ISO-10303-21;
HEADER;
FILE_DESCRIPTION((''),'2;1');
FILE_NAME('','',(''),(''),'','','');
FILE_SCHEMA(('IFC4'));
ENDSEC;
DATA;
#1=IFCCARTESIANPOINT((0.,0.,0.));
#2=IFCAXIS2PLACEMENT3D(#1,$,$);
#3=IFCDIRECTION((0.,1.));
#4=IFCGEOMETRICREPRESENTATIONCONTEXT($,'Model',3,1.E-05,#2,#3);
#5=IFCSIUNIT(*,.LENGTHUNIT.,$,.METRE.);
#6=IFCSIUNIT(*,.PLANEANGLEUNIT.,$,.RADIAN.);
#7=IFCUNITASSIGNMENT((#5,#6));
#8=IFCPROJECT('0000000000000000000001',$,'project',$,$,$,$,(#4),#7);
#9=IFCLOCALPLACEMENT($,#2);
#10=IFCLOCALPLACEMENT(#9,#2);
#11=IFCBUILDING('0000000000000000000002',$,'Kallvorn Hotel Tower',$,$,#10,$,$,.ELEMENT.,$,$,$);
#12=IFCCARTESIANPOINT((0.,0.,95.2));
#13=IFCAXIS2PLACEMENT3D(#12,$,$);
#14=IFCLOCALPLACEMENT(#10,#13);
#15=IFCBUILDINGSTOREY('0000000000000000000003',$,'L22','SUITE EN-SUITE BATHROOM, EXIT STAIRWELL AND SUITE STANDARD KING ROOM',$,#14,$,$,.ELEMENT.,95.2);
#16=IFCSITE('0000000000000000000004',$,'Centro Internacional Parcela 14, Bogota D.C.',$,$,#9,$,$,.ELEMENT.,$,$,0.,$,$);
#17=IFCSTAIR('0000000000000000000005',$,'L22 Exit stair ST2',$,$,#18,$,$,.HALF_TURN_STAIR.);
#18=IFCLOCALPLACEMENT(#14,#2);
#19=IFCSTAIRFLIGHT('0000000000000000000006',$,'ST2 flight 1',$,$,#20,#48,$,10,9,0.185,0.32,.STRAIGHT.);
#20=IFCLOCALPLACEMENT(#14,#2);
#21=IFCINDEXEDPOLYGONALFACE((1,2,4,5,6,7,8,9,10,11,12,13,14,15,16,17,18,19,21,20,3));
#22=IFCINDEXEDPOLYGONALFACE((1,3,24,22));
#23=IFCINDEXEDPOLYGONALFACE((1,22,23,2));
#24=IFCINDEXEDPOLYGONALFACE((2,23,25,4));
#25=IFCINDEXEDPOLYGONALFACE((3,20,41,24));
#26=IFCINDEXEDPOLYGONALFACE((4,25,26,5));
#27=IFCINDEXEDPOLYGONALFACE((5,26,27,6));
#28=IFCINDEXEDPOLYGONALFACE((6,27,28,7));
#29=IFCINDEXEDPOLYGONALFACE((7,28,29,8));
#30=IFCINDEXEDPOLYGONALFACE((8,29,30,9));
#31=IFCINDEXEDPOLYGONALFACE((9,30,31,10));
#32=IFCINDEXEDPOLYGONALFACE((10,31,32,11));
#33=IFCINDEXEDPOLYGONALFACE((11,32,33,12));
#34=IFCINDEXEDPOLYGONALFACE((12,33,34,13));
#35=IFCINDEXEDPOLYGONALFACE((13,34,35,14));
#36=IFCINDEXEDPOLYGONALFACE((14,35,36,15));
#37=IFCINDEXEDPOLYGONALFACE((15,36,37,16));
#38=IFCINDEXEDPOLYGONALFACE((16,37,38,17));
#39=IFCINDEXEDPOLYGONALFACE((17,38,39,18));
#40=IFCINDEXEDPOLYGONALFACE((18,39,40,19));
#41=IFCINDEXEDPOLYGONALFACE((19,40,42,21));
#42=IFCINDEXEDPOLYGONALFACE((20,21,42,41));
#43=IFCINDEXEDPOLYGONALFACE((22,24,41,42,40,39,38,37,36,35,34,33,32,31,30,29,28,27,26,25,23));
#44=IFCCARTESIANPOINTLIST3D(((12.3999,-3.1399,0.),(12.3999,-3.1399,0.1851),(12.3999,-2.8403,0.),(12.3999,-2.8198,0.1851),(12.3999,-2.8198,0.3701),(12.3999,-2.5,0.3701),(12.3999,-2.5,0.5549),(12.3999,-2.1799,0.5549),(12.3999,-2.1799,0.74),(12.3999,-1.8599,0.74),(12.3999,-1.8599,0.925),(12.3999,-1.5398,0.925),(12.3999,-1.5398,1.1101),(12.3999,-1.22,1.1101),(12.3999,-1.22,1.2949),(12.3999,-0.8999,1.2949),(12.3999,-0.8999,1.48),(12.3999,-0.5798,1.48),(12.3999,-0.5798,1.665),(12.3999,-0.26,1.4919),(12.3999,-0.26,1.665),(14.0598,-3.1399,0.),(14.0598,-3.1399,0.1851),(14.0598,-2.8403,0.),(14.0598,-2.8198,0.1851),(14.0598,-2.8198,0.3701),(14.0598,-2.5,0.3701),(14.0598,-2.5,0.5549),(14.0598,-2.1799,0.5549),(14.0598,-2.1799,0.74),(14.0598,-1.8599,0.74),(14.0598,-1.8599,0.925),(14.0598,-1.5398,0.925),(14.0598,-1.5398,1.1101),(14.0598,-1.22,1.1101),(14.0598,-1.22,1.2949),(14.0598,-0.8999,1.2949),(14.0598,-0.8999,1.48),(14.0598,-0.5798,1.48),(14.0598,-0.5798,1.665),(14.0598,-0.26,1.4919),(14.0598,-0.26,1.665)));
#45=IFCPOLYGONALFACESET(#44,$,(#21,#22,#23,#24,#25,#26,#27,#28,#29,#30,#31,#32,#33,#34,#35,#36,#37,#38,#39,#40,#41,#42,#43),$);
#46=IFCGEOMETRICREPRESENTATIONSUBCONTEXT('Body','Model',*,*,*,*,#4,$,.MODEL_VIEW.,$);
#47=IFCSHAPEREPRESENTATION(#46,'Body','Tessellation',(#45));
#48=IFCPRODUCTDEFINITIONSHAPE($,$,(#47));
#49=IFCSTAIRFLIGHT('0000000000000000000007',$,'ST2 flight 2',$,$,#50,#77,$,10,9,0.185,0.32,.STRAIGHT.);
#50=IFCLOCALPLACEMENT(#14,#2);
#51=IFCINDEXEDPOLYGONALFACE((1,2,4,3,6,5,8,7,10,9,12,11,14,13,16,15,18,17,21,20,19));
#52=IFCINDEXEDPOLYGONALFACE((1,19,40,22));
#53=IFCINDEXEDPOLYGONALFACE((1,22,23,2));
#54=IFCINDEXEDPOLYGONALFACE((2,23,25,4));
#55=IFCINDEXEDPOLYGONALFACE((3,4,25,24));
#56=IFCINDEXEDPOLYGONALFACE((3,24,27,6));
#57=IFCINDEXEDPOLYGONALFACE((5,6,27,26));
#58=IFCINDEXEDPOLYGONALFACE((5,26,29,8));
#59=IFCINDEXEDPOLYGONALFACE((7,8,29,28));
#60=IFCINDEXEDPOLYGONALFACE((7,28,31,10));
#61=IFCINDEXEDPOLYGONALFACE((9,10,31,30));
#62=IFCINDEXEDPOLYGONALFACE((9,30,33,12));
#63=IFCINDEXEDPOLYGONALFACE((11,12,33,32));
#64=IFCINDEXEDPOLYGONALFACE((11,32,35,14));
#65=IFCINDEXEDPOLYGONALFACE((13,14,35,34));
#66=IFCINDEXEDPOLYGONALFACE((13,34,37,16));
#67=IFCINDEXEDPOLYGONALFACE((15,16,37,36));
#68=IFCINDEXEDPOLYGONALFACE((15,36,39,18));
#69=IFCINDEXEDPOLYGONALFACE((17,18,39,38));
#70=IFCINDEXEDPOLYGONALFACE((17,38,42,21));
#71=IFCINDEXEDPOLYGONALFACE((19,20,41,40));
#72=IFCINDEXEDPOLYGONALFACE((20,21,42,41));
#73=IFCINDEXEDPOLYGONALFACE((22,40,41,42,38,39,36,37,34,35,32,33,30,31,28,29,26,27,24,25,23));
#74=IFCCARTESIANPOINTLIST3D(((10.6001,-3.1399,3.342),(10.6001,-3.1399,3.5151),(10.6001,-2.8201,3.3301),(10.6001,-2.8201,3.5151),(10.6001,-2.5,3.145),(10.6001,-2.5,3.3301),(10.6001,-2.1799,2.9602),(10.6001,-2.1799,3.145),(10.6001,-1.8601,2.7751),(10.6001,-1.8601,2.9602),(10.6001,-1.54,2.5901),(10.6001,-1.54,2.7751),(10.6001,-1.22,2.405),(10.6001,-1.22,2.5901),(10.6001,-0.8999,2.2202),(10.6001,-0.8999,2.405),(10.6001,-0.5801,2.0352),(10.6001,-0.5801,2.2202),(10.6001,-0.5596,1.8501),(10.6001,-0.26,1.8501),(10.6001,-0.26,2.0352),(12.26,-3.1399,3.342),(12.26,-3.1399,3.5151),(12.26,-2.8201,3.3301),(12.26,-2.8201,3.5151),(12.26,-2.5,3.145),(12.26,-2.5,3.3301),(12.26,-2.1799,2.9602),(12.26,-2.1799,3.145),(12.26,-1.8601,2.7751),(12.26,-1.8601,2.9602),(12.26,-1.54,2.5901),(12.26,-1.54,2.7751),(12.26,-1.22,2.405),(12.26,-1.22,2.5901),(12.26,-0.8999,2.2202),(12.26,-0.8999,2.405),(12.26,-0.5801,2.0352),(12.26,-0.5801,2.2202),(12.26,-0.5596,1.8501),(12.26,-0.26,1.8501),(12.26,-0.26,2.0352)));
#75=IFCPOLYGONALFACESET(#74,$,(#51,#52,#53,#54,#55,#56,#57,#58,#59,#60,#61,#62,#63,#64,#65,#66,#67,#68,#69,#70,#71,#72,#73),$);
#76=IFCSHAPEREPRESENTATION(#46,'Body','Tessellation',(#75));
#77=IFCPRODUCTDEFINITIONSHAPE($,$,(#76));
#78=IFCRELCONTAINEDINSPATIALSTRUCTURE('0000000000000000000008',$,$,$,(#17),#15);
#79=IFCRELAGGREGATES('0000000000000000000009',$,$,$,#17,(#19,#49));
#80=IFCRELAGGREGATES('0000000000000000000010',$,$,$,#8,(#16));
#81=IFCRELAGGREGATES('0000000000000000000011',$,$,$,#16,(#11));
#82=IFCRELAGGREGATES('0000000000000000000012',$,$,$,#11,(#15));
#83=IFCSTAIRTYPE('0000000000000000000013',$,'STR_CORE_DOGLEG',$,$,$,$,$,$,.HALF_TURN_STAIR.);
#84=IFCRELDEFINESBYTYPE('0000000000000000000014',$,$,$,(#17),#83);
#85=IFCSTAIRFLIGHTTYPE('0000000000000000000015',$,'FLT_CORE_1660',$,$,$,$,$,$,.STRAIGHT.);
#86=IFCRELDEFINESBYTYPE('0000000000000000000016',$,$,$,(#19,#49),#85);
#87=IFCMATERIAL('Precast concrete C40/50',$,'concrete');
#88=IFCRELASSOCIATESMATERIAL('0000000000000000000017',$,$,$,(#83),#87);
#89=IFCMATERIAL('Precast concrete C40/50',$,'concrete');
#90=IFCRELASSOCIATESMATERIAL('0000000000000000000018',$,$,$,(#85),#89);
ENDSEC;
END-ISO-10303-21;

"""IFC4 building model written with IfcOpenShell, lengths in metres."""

from ifc_helpers import new_model, si_unit, direction, frame, origin, place, context, subcontext, project, spatial, polyline, outline, extrude, material, type_object, element, aggregate, save


model = new_model("IFC4")

# Units and contexts
model_context = context("Model", 3, precision=1e-05, world=origin(), true_north=direction((0.0, 1.0)))
body_context = subcontext(model_context, "Body", "Model", "MODEL_VIEW")
ifc_project = project(units=[si_unit("LENGTHUNIT", "METRE"), si_unit("PLANEANGLEUNIT", "RADIAN")], contexts=[model_context])

# Site, building, storey
site_placement = place(None, origin())
site = spatial("IfcSite", under=ifc_project, at=site_placement, Name="Centro Internacional Parcela 14, Bogota D.C.", CompositionType="ELEMENT", RefElevation=0.0)
building_placement = place(site_placement, origin())
building = spatial("IfcBuilding", under=site, at=building_placement, Name="Kallvorn Hotel Tower", CompositionType="ELEMENT")
storey_placement = place(building_placement, frame((0.0, 0.0, 95.2)))
storey = spatial("IfcBuildingStorey", under=building, at=storey_placement, Name="L22", Description="SUITE EN-SUITE BATHROOM, EXIT STAIRWELL AND SUITE STANDARD KING ROOM", CompositionType="ELEMENT", Elevation=95.2)

# Stair, stair flights
ifc_material_1 = material(Name="Precast concrete C40/50", Category="concrete")
stair_type = type_object("IfcStairType", Name="STR_CORE_DOGLEG", PredefinedType="HALF_TURN_STAIR", material=ifc_material_1)
stair_placement = place(storey_placement, origin())
stair = element("IfcStair", 1, at=stair_placement, inside=storey, type_object=stair_type, Name="L22 Exit stair ST2", PredefinedType="HALF_TURN_STAIR")
ifc_material_2 = material(Name="Precast concrete C40/50", Category="concrete")
stair_flight_type = type_object("IfcStairFlightType", Name="FLT_CORE_1660", PredefinedType="STRAIGHT", material=ifc_material_2)
stair_flight_1_placement = place(storey_placement, frame((13.23, -3.1399, 0.0), z_axis=(0.0, 0.0, 1.0), x_axis=(0.0, 1.0, 0.0)))
stair_flight_1 = element("IfcStairFlight", 2, at=stair_flight_1_placement, type_object=stair_flight_type, Name="ST2 flight 1", NumberOfRisers=10, NumberOfTreads=9, PredefinedType="STRAIGHT", RiserHeight=0.185, TreadLength=0.32, context=body_context, shape_type="SweptSolid", body=[
    extrude(outline(polyline([(0.0, 0.0), (0.0, 0.1851), (0.3201, 0.1851), (0.3201, 0.3701), (0.6399, 0.3701), (0.6399, 0.5549), (0.96, 0.5549), (0.96, 0.74), (1.28, 0.74), (1.28, 0.925), (1.6001, 0.925), (1.6001, 1.1101), (1.9199, 1.1101), (1.9199, 1.2949), (2.24, 1.2949), (2.24, 1.48), (2.5601, 1.48), (2.5601, 1.665), (2.8799, 1.665), (2.8799, 1.8501), (2.8799, 1.4919), (0.2996, 0.0), (0.0, 0.0)])), frame((0.0, 0.8301, 0.0), z_axis=(0.0, -1.0, 0.0), x_axis=(1.0, 0.0, 0.0)), (0.0, 0.0, 1.0), 1.6599),
])
stair_flight_2_placement = place(storey_placement, frame((11.4299, -0.26, 1.8501), z_axis=(0.0, 0.0, 1.0), x_axis=(0.0, -1.0, 0.0)))
stair_flight_2 = element("IfcStairFlight", 3, at=stair_flight_2_placement, type_object=stair_flight_type, Name="ST2 flight 2", NumberOfRisers=10, NumberOfTreads=9, PredefinedType="STRAIGHT", RiserHeight=0.185, TreadLength=0.32, context=body_context, shape_type="SweptSolid", body=[
    extrude(outline(polyline([(0.0, 0.0), (0.0, 0.1851), (0.3201, 0.1851), (0.3201, 0.3701), (0.6399, 0.3701), (0.6399, 0.5549), (0.96, 0.5549), (0.96, 0.74), (1.28, 0.74), (1.28, 0.925), (1.6001, 0.925), (1.6001, 1.1101), (1.9199, 1.1101), (1.9199, 1.2949), (2.24, 1.2949), (2.24, 1.48), (2.5601, 1.48), (2.5601, 1.665), (2.8799, 1.665), (2.8799, 1.8501), (2.8799, 1.4919), (0.2996, 0.0), (0.0, 0.0)])), frame((0.0, 0.8301, 0.0), z_axis=(0.0, -1.0, 0.0), x_axis=(1.0, 0.0, 0.0)), (0.0, 0.0, 1.0), 1.6599),
])
aggregate(stair, [stair_flight_1, stair_flight_2])

save(model, "model.ifc")
